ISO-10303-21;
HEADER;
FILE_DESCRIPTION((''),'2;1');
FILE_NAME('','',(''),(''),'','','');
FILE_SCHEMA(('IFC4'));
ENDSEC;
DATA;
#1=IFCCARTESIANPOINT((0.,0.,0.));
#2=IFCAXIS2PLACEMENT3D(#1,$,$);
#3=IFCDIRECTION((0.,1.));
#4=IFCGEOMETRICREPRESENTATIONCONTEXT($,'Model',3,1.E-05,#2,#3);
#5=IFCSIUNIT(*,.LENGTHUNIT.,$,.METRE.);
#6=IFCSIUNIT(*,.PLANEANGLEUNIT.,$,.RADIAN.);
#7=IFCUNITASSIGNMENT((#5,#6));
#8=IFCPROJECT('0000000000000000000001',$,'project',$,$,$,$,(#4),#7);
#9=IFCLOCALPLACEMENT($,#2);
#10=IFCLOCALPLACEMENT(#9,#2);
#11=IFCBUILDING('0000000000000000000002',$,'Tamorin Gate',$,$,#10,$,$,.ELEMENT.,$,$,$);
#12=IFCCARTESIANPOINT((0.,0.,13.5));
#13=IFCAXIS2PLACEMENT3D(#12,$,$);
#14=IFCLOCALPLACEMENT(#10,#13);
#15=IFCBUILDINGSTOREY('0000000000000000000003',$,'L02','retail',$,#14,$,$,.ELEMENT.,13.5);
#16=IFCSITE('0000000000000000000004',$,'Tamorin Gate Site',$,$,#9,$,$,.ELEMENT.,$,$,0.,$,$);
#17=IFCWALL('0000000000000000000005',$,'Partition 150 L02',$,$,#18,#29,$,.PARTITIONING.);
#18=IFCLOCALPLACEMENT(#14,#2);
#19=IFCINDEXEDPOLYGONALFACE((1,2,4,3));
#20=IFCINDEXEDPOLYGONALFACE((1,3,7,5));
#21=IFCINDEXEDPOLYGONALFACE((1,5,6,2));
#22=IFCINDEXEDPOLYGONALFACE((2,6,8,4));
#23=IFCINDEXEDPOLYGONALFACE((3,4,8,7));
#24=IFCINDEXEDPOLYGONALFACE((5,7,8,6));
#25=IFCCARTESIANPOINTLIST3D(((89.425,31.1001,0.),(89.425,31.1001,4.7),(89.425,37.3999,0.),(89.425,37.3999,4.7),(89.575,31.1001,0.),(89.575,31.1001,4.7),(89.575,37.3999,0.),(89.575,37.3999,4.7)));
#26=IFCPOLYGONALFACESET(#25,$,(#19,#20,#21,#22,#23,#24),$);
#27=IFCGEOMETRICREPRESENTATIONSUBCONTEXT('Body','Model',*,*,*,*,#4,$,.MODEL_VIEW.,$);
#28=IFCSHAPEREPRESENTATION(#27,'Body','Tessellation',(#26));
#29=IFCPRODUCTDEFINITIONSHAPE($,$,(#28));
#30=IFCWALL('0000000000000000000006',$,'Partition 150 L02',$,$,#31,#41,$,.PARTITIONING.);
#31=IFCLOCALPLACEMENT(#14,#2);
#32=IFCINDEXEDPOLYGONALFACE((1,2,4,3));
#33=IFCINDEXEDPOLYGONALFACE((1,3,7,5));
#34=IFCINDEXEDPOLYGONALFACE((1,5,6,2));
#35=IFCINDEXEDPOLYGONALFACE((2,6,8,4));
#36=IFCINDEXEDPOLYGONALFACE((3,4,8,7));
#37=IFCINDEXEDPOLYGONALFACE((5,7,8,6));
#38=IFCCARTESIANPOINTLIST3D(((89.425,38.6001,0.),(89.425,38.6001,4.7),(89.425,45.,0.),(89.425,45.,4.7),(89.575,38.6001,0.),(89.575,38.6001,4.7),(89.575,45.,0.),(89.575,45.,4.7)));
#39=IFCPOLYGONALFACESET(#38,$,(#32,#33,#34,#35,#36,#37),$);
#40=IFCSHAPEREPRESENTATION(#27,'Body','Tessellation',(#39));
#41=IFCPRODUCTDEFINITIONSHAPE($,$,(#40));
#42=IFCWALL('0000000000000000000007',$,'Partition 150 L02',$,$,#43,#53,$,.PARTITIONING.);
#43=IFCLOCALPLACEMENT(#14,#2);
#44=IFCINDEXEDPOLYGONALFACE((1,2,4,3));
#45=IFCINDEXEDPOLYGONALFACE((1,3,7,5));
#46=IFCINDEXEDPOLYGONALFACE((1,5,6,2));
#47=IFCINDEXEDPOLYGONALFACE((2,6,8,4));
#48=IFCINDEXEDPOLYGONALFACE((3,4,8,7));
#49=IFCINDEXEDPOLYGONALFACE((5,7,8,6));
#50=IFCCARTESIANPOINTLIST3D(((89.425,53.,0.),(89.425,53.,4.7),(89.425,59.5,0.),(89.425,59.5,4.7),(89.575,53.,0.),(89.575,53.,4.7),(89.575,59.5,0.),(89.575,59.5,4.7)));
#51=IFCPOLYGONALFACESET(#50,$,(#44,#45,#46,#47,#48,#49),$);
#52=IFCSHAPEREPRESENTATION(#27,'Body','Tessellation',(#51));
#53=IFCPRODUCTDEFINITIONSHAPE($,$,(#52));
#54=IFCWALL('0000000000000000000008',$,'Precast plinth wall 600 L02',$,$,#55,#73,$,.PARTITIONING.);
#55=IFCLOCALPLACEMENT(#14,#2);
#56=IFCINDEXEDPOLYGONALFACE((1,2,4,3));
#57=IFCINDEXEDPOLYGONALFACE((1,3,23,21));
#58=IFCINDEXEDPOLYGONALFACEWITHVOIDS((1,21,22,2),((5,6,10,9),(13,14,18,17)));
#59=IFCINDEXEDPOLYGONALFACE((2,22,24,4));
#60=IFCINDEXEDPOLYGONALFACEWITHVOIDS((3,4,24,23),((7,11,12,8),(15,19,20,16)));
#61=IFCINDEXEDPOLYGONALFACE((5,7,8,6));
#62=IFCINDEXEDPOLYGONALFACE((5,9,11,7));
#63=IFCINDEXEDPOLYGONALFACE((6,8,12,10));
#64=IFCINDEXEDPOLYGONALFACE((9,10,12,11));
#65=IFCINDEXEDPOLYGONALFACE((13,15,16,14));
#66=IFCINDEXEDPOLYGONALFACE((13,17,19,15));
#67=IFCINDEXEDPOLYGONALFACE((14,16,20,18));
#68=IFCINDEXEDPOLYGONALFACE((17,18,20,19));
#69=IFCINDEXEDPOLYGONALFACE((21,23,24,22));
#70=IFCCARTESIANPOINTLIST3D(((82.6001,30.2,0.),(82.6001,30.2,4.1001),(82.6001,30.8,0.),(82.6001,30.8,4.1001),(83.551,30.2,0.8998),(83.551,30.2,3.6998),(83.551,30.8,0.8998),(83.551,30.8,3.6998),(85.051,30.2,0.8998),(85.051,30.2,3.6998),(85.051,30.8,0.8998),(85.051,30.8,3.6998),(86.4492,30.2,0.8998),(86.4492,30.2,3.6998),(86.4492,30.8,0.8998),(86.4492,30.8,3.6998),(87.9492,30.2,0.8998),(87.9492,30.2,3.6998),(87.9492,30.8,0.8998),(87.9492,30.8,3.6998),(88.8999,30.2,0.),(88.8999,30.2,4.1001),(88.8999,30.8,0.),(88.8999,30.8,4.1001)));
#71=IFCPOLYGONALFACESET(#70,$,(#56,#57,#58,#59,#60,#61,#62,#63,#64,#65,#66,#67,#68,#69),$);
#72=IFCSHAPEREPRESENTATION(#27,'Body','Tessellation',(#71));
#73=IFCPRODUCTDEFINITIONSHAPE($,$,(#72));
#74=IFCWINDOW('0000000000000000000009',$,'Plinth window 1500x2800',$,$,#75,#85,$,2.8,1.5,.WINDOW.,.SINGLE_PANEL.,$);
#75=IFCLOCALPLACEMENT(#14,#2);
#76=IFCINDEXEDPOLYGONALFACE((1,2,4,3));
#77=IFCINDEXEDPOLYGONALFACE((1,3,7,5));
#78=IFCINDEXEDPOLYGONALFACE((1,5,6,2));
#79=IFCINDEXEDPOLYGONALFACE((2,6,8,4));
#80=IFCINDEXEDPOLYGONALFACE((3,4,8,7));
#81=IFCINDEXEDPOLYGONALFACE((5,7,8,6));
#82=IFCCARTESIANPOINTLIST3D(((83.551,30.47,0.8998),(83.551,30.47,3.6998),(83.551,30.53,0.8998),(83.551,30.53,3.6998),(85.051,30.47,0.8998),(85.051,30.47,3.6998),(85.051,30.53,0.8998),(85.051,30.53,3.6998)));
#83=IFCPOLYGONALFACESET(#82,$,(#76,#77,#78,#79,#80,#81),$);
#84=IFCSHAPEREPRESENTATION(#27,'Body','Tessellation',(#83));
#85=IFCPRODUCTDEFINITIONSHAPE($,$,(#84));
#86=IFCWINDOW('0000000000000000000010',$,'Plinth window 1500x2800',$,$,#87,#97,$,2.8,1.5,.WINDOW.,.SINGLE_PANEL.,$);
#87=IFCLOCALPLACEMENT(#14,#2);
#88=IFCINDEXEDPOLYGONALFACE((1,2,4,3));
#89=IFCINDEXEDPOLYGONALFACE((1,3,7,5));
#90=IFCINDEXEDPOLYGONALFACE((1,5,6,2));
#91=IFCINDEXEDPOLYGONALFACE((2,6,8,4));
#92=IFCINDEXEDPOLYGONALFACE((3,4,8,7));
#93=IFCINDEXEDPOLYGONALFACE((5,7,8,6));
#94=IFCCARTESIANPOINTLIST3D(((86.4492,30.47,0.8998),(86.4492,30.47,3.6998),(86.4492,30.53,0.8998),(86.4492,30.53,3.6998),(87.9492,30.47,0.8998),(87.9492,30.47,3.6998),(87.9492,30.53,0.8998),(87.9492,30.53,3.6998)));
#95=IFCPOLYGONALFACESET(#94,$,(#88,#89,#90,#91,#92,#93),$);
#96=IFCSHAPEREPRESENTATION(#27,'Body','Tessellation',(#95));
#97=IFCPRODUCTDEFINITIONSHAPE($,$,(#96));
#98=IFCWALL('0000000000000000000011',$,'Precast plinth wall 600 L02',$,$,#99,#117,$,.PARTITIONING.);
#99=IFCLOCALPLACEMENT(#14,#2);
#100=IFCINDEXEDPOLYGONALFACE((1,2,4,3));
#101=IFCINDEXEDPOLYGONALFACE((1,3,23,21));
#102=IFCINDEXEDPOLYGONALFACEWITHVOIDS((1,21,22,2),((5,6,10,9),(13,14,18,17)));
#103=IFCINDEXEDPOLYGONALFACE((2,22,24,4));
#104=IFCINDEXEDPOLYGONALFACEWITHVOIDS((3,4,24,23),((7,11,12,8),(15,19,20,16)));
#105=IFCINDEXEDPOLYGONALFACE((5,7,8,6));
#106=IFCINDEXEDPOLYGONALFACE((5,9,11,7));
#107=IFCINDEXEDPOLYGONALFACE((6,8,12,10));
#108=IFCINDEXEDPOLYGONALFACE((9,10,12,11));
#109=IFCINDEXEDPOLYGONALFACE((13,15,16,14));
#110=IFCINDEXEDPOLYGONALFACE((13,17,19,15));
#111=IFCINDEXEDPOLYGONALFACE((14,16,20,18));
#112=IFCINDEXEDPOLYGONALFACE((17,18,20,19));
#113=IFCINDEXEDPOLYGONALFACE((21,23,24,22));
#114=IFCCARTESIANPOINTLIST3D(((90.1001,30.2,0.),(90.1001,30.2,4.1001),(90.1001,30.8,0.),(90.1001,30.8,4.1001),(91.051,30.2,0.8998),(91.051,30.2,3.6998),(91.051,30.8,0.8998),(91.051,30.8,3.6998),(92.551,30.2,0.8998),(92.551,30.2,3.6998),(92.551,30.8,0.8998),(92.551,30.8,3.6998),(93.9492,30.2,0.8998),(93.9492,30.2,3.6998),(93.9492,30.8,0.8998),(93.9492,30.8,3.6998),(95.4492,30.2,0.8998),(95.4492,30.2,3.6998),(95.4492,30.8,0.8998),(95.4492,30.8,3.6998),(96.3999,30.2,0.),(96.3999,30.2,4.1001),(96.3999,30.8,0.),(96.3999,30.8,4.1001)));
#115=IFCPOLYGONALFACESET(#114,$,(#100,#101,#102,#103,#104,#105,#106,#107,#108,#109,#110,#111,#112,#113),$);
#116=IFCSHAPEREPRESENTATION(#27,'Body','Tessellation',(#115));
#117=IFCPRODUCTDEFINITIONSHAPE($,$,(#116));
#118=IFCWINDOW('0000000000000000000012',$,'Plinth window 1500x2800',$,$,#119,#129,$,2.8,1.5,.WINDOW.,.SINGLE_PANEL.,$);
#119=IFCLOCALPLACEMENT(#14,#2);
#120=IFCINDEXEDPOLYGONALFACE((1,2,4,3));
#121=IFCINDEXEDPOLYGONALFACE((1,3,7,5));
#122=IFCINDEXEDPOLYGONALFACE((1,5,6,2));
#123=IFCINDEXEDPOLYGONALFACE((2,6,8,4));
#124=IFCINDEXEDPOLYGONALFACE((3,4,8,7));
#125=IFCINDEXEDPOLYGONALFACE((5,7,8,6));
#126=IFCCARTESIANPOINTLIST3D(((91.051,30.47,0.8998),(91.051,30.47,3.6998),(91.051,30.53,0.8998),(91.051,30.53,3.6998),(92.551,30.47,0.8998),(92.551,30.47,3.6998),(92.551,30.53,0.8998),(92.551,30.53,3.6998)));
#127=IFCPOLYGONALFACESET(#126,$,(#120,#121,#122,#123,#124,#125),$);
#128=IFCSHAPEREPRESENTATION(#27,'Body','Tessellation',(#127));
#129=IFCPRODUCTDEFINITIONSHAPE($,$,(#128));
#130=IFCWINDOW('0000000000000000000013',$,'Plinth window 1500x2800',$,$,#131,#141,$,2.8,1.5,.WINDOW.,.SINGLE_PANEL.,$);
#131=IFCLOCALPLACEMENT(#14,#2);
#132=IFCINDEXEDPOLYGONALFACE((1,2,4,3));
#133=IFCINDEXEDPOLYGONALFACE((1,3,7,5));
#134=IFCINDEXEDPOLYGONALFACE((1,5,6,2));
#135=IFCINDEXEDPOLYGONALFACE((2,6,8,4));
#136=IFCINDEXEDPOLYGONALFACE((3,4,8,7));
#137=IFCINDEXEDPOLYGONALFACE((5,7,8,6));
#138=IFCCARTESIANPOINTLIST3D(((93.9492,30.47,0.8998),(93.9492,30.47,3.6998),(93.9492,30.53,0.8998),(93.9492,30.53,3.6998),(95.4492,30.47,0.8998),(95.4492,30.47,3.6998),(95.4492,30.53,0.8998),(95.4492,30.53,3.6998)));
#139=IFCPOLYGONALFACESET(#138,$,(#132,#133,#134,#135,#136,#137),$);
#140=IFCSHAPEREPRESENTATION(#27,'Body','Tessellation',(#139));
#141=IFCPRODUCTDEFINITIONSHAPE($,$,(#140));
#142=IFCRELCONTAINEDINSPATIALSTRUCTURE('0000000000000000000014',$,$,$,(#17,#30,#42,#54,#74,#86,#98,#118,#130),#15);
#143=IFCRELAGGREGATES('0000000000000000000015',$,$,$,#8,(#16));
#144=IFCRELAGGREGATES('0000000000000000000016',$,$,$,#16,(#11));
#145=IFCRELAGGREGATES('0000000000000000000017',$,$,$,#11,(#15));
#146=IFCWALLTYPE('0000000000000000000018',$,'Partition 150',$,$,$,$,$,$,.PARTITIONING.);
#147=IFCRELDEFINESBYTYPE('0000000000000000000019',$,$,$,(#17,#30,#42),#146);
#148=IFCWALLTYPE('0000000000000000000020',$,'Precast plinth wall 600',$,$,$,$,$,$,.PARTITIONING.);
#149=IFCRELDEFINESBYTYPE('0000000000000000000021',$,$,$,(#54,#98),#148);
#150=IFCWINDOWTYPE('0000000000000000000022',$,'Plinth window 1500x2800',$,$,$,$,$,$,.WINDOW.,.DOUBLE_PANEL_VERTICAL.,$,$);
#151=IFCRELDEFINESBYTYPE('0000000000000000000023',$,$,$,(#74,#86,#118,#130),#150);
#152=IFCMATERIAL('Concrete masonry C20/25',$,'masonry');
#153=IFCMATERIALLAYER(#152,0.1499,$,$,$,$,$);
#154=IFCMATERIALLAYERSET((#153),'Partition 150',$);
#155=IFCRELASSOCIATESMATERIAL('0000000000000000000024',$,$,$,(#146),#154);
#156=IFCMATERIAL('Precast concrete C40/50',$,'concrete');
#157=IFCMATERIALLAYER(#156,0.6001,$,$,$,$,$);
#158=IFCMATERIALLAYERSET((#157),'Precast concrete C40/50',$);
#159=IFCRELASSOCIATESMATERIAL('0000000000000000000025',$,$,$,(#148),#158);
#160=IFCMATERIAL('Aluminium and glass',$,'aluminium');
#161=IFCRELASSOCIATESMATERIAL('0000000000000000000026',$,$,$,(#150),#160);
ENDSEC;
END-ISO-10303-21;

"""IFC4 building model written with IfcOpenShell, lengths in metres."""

from ifc_helpers import new_model, si_unit, direction, frame, frame_2d, origin, place, context, subcontext, project, spatial, rectangle, extrude, material, layer, layer_set, type_object, element, fill, save


model = new_model("IFC4")

# Units and contexts
model_context = context("Model", 3, precision=1e-05, world=origin(), true_north=direction((0.0, 1.0)))
body_context = subcontext(model_context, "Body", "Model", "MODEL_VIEW")
ifc_project = project(units=[si_unit("LENGTHUNIT", "METRE"), si_unit("PLANEANGLEUNIT", "RADIAN")], contexts=[model_context])

# Site, building, storey
site_placement = place(None, origin())
site = spatial("IfcSite", under=ifc_project, at=site_placement, Name="Tamorin Gate Site", CompositionType="ELEMENT", RefElevation=0.0)
building_placement = place(site_placement, origin())
building = spatial("IfcBuilding", under=site, at=building_placement, Name="Tamorin Gate", CompositionType="ELEMENT")
storey_placement = place(building_placement, frame((0.0, 0.0, 13.5)))
storey = spatial("IfcBuildingStorey", under=building, at=storey_placement, Name="L02", Description="retail", CompositionType="ELEMENT", Elevation=13.5)

# Shared definitions
ifc_material_1 = material(Name="Concrete masonry C20/25", Category="masonry")
ifc_layer_1 = layer(ifc_material_1, 0.1499)
ifc_layer_set_1 = layer_set([ifc_layer_1], Name="Partition 150")
wall_type_1 = type_object("IfcWallType", Name="Partition 150", PredefinedType="PARTITIONING", material=ifc_layer_set_1)

# Walls
wall_1_placement = place(storey_placement, frame((89.5, 31.1001, 0.0), z_axis=(0.0, 0.0, 1.0), x_axis=(0.0, 1.0, 0.0)))
element("IfcWall", 1, at=wall_1_placement, inside=storey, type_object=wall_type_1, Name="Partition 150 L02", PredefinedType="PARTITIONING", context=body_context, shape_type="SweptSolid", body=[
    extrude(rectangle(XDim=6.2998, YDim=0.1499, at=frame_2d((3.1499, 0.0))), origin(), (0.0, 0.0, 1.0), 4.7),
])
wall_2_placement = place(storey_placement, frame((89.5, 38.6001, 0.0), z_axis=(0.0, 0.0, 1.0), x_axis=(0.0, 1.0, 0.0)))
element("IfcWall", 2, at=wall_2_placement, inside=storey, type_object=wall_type_1, Name="Partition 150 L02", PredefinedType="PARTITIONING", context=body_context, shape_type="SweptSolid", body=[
    extrude(rectangle(XDim=6.3999, YDim=0.1499, at=frame_2d((3.2, 0.0))), origin(), (0.0, 0.0, 1.0), 4.7),
])
wall_3_placement = place(storey_placement, frame((89.5, 53.0, 0.0), z_axis=(0.0, 0.0, 1.0), x_axis=(0.0, 1.0, 0.0)))
element("IfcWall", 3, at=wall_3_placement, inside=storey, type_object=wall_type_1, Name="Partition 150 L02", PredefinedType="PARTITIONING", context=body_context, shape_type="SweptSolid", body=[
    extrude(rectangle(XDim=6.5, YDim=0.1499, at=frame_2d((3.25, 0.0))), origin(), (0.0, 0.0, 1.0), 4.7),
])

# Walls, openings, windows
ifc_material_2 = material(Name="Precast concrete C40/50", Category="concrete")
ifc_layer_2 = layer(ifc_material_2, 0.6001)
ifc_layer_set_2 = layer_set([ifc_layer_2], Name="Precast concrete C40/50")
wall_type_2 = type_object("IfcWallType", Name="Precast plinth wall 600", PredefinedType="PARTITIONING", material=ifc_layer_set_2)
wall_4_placement = place(storey_placement, frame((82.6001, 30.5, 0.0), z_axis=(0.0, 0.0, 1.0), x_axis=(1.0, 0.0, 0.0)))
wall_4 = element("IfcWall", 4, at=wall_4_placement, inside=storey, type_object=wall_type_2, Name="Precast plinth wall 600 L02", PredefinedType="PARTITIONING", context=body_context, shape_type="SweptSolid", body=[
    extrude(rectangle(XDim=6.2998, YDim=0.6001, at=frame_2d((3.1499, 0.0))), origin(), (0.0, 0.0, 1.0), 4.1001),
])
opening_1_placement = place(wall_4_placement, frame((0.9509, 0.0, 0.8999)))
opening_1 = element("IfcOpeningElement", 5, at=opening_1_placement, cuts=wall_4, PredefinedType="OPENING", context=body_context, shape_type="SweptSolid", body=[
    extrude(rectangle(XDim=1.5, YDim=2.8, at=frame_2d((0.75, 1.3999))), frame((0.0, 0.3101, 0.0), z_axis=(0.0, -1.0, 0.0), x_axis=(1.0, 0.0, 0.0)), (0.0, 0.0, 1.0), 0.6201),
])
opening_2_placement = place(wall_4_placement, frame((3.8491, 0.0, 0.8999)))
opening_2 = element("IfcOpeningElement", 6, at=opening_2_placement, cuts=wall_4, PredefinedType="OPENING", context=body_context, shape_type="SweptSolid", body=[
    extrude(rectangle(XDim=1.5, YDim=2.8, at=frame_2d((0.75, 1.3999))), frame((0.0, 0.3101, 0.0), z_axis=(0.0, -1.0, 0.0), x_axis=(1.0, 0.0, 0.0)), (0.0, 0.0, 1.0), 0.6201),
])
ifc_material_3 = material(Name="Aluminium and glass", Category="aluminium")
window_type = type_object("IfcWindowType", Name="Plinth window 1500x2800", PartitioningType="DOUBLE_PANEL_VERTICAL", PredefinedType="WINDOW", material=ifc_material_3)
window_1_placement = place(opening_1_placement, origin())
window_1 = element("IfcWindow", 7, at=window_1_placement, inside=storey, type_object=window_type, Name="Plinth window 1500x2800", OverallHeight=2.8, OverallWidth=1.5, PartitioningType="SINGLE_PANEL", PredefinedType="WINDOW", context=body_context, shape_type="SweptSolid", body=[
    extrude(rectangle(XDim=1.5, YDim=2.8, at=frame_2d((0.75, 1.3999))), frame((0.0, 0.03, 0.0), z_axis=(0.0, -1.0, 0.0), x_axis=(1.0, 0.0, 0.0)), (0.0, 0.0, 1.0), 0.0601),
])
fill(opening_1, window_1)
window_2_placement = place(opening_2_placement, origin())
window_2 = element("IfcWindow", 8, at=window_2_placement, inside=storey, type_object=window_type, Name="Plinth window 1500x2800", OverallHeight=2.8, OverallWidth=1.5, PartitioningType="SINGLE_PANEL", PredefinedType="WINDOW", context=body_context, shape_type="SweptSolid", body=[
    extrude(rectangle(XDim=1.5, YDim=2.8, at=frame_2d((0.75, 1.3999))), frame((0.0, 0.03, 0.0), z_axis=(0.0, -1.0, 0.0), x_axis=(1.0, 0.0, 0.0)), (0.0, 0.0, 1.0), 0.0601),
])
fill(opening_2, window_2)
wall_5_placement = place(storey_placement, frame((90.1001, 30.5, 0.0), z_axis=(0.0, 0.0, 1.0), x_axis=(1.0, 0.0, 0.0)))
wall_5 = element("IfcWall", 9, at=wall_5_placement, inside=storey, type_object=wall_type_2, Name="Precast plinth wall 600 L02", PredefinedType="PARTITIONING", context=body_context, shape_type="SweptSolid", body=[
    extrude(rectangle(XDim=6.2998, YDim=0.6001, at=frame_2d((3.1499, 0.0))), origin(), (0.0, 0.0, 1.0), 4.1001),
])
opening_3_placement = place(wall_5_placement, frame((0.9509, 0.0, 0.8999)))
opening_3 = element("IfcOpeningElement", 10, at=opening_3_placement, cuts=wall_5, PredefinedType="OPENING", context=body_context, shape_type="SweptSolid", body=[
    extrude(rectangle(XDim=1.5, YDim=2.8, at=frame_2d((0.75, 1.3999))), frame((0.0, 0.3101, 0.0), z_axis=(0.0, -1.0, 0.0), x_axis=(1.0, 0.0, 0.0)), (0.0, 0.0, 1.0), 0.6201),
])
opening_4_placement = place(wall_5_placement, frame((3.8491, 0.0, 0.8999)))
opening_4 = element("IfcOpeningElement", 11, at=opening_4_placement, cuts=wall_5, PredefinedType="OPENING", context=body_context, shape_type="SweptSolid", body=[
    extrude(rectangle(XDim=1.5, YDim=2.8, at=frame_2d((0.75, 1.3999))), frame((0.0, 0.3101, 0.0), z_axis=(0.0, -1.0, 0.0), x_axis=(1.0, 0.0, 0.0)), (0.0, 0.0, 1.0), 0.6201),
])
window_3_placement = place(opening_3_placement, origin())
window_3 = element("IfcWindow", 12, at=window_3_placement, inside=storey, type_object=window_type, Name="Plinth window 1500x2800", OverallHeight=2.8, OverallWidth=1.5, PartitioningType="SINGLE_PANEL", PredefinedType="WINDOW", context=body_context, shape_type="SweptSolid", body=[
    extrude(rectangle(XDim=1.5, YDim=2.8, at=frame_2d((0.75, 1.3999))), frame((0.0, 0.03, 0.0), z_axis=(0.0, -1.0, 0.0), x_axis=(1.0, 0.0, 0.0)), (0.0, 0.0, 1.0), 0.0601),
])
fill(opening_3, window_3)
window_4_placement = place(opening_4_placement, origin())
window_4 = element("IfcWindow", 13, at=window_4_placement, inside=storey, type_object=window_type, Name="Plinth window 1500x2800", OverallHeight=2.8, OverallWidth=1.5, PartitioningType="SINGLE_PANEL", PredefinedType="WINDOW", context=body_context, shape_type="SweptSolid", body=[
    extrude(rectangle(XDim=1.5, YDim=2.8, at=frame_2d((0.75, 1.3999))), frame((0.0, 0.03, 0.0), z_axis=(0.0, -1.0, 0.0), x_axis=(1.0, 0.0, 0.0)), (0.0, 0.0, 1.0), 0.0601),
])
fill(opening_4, window_4)

save(model, "model.ifc")
